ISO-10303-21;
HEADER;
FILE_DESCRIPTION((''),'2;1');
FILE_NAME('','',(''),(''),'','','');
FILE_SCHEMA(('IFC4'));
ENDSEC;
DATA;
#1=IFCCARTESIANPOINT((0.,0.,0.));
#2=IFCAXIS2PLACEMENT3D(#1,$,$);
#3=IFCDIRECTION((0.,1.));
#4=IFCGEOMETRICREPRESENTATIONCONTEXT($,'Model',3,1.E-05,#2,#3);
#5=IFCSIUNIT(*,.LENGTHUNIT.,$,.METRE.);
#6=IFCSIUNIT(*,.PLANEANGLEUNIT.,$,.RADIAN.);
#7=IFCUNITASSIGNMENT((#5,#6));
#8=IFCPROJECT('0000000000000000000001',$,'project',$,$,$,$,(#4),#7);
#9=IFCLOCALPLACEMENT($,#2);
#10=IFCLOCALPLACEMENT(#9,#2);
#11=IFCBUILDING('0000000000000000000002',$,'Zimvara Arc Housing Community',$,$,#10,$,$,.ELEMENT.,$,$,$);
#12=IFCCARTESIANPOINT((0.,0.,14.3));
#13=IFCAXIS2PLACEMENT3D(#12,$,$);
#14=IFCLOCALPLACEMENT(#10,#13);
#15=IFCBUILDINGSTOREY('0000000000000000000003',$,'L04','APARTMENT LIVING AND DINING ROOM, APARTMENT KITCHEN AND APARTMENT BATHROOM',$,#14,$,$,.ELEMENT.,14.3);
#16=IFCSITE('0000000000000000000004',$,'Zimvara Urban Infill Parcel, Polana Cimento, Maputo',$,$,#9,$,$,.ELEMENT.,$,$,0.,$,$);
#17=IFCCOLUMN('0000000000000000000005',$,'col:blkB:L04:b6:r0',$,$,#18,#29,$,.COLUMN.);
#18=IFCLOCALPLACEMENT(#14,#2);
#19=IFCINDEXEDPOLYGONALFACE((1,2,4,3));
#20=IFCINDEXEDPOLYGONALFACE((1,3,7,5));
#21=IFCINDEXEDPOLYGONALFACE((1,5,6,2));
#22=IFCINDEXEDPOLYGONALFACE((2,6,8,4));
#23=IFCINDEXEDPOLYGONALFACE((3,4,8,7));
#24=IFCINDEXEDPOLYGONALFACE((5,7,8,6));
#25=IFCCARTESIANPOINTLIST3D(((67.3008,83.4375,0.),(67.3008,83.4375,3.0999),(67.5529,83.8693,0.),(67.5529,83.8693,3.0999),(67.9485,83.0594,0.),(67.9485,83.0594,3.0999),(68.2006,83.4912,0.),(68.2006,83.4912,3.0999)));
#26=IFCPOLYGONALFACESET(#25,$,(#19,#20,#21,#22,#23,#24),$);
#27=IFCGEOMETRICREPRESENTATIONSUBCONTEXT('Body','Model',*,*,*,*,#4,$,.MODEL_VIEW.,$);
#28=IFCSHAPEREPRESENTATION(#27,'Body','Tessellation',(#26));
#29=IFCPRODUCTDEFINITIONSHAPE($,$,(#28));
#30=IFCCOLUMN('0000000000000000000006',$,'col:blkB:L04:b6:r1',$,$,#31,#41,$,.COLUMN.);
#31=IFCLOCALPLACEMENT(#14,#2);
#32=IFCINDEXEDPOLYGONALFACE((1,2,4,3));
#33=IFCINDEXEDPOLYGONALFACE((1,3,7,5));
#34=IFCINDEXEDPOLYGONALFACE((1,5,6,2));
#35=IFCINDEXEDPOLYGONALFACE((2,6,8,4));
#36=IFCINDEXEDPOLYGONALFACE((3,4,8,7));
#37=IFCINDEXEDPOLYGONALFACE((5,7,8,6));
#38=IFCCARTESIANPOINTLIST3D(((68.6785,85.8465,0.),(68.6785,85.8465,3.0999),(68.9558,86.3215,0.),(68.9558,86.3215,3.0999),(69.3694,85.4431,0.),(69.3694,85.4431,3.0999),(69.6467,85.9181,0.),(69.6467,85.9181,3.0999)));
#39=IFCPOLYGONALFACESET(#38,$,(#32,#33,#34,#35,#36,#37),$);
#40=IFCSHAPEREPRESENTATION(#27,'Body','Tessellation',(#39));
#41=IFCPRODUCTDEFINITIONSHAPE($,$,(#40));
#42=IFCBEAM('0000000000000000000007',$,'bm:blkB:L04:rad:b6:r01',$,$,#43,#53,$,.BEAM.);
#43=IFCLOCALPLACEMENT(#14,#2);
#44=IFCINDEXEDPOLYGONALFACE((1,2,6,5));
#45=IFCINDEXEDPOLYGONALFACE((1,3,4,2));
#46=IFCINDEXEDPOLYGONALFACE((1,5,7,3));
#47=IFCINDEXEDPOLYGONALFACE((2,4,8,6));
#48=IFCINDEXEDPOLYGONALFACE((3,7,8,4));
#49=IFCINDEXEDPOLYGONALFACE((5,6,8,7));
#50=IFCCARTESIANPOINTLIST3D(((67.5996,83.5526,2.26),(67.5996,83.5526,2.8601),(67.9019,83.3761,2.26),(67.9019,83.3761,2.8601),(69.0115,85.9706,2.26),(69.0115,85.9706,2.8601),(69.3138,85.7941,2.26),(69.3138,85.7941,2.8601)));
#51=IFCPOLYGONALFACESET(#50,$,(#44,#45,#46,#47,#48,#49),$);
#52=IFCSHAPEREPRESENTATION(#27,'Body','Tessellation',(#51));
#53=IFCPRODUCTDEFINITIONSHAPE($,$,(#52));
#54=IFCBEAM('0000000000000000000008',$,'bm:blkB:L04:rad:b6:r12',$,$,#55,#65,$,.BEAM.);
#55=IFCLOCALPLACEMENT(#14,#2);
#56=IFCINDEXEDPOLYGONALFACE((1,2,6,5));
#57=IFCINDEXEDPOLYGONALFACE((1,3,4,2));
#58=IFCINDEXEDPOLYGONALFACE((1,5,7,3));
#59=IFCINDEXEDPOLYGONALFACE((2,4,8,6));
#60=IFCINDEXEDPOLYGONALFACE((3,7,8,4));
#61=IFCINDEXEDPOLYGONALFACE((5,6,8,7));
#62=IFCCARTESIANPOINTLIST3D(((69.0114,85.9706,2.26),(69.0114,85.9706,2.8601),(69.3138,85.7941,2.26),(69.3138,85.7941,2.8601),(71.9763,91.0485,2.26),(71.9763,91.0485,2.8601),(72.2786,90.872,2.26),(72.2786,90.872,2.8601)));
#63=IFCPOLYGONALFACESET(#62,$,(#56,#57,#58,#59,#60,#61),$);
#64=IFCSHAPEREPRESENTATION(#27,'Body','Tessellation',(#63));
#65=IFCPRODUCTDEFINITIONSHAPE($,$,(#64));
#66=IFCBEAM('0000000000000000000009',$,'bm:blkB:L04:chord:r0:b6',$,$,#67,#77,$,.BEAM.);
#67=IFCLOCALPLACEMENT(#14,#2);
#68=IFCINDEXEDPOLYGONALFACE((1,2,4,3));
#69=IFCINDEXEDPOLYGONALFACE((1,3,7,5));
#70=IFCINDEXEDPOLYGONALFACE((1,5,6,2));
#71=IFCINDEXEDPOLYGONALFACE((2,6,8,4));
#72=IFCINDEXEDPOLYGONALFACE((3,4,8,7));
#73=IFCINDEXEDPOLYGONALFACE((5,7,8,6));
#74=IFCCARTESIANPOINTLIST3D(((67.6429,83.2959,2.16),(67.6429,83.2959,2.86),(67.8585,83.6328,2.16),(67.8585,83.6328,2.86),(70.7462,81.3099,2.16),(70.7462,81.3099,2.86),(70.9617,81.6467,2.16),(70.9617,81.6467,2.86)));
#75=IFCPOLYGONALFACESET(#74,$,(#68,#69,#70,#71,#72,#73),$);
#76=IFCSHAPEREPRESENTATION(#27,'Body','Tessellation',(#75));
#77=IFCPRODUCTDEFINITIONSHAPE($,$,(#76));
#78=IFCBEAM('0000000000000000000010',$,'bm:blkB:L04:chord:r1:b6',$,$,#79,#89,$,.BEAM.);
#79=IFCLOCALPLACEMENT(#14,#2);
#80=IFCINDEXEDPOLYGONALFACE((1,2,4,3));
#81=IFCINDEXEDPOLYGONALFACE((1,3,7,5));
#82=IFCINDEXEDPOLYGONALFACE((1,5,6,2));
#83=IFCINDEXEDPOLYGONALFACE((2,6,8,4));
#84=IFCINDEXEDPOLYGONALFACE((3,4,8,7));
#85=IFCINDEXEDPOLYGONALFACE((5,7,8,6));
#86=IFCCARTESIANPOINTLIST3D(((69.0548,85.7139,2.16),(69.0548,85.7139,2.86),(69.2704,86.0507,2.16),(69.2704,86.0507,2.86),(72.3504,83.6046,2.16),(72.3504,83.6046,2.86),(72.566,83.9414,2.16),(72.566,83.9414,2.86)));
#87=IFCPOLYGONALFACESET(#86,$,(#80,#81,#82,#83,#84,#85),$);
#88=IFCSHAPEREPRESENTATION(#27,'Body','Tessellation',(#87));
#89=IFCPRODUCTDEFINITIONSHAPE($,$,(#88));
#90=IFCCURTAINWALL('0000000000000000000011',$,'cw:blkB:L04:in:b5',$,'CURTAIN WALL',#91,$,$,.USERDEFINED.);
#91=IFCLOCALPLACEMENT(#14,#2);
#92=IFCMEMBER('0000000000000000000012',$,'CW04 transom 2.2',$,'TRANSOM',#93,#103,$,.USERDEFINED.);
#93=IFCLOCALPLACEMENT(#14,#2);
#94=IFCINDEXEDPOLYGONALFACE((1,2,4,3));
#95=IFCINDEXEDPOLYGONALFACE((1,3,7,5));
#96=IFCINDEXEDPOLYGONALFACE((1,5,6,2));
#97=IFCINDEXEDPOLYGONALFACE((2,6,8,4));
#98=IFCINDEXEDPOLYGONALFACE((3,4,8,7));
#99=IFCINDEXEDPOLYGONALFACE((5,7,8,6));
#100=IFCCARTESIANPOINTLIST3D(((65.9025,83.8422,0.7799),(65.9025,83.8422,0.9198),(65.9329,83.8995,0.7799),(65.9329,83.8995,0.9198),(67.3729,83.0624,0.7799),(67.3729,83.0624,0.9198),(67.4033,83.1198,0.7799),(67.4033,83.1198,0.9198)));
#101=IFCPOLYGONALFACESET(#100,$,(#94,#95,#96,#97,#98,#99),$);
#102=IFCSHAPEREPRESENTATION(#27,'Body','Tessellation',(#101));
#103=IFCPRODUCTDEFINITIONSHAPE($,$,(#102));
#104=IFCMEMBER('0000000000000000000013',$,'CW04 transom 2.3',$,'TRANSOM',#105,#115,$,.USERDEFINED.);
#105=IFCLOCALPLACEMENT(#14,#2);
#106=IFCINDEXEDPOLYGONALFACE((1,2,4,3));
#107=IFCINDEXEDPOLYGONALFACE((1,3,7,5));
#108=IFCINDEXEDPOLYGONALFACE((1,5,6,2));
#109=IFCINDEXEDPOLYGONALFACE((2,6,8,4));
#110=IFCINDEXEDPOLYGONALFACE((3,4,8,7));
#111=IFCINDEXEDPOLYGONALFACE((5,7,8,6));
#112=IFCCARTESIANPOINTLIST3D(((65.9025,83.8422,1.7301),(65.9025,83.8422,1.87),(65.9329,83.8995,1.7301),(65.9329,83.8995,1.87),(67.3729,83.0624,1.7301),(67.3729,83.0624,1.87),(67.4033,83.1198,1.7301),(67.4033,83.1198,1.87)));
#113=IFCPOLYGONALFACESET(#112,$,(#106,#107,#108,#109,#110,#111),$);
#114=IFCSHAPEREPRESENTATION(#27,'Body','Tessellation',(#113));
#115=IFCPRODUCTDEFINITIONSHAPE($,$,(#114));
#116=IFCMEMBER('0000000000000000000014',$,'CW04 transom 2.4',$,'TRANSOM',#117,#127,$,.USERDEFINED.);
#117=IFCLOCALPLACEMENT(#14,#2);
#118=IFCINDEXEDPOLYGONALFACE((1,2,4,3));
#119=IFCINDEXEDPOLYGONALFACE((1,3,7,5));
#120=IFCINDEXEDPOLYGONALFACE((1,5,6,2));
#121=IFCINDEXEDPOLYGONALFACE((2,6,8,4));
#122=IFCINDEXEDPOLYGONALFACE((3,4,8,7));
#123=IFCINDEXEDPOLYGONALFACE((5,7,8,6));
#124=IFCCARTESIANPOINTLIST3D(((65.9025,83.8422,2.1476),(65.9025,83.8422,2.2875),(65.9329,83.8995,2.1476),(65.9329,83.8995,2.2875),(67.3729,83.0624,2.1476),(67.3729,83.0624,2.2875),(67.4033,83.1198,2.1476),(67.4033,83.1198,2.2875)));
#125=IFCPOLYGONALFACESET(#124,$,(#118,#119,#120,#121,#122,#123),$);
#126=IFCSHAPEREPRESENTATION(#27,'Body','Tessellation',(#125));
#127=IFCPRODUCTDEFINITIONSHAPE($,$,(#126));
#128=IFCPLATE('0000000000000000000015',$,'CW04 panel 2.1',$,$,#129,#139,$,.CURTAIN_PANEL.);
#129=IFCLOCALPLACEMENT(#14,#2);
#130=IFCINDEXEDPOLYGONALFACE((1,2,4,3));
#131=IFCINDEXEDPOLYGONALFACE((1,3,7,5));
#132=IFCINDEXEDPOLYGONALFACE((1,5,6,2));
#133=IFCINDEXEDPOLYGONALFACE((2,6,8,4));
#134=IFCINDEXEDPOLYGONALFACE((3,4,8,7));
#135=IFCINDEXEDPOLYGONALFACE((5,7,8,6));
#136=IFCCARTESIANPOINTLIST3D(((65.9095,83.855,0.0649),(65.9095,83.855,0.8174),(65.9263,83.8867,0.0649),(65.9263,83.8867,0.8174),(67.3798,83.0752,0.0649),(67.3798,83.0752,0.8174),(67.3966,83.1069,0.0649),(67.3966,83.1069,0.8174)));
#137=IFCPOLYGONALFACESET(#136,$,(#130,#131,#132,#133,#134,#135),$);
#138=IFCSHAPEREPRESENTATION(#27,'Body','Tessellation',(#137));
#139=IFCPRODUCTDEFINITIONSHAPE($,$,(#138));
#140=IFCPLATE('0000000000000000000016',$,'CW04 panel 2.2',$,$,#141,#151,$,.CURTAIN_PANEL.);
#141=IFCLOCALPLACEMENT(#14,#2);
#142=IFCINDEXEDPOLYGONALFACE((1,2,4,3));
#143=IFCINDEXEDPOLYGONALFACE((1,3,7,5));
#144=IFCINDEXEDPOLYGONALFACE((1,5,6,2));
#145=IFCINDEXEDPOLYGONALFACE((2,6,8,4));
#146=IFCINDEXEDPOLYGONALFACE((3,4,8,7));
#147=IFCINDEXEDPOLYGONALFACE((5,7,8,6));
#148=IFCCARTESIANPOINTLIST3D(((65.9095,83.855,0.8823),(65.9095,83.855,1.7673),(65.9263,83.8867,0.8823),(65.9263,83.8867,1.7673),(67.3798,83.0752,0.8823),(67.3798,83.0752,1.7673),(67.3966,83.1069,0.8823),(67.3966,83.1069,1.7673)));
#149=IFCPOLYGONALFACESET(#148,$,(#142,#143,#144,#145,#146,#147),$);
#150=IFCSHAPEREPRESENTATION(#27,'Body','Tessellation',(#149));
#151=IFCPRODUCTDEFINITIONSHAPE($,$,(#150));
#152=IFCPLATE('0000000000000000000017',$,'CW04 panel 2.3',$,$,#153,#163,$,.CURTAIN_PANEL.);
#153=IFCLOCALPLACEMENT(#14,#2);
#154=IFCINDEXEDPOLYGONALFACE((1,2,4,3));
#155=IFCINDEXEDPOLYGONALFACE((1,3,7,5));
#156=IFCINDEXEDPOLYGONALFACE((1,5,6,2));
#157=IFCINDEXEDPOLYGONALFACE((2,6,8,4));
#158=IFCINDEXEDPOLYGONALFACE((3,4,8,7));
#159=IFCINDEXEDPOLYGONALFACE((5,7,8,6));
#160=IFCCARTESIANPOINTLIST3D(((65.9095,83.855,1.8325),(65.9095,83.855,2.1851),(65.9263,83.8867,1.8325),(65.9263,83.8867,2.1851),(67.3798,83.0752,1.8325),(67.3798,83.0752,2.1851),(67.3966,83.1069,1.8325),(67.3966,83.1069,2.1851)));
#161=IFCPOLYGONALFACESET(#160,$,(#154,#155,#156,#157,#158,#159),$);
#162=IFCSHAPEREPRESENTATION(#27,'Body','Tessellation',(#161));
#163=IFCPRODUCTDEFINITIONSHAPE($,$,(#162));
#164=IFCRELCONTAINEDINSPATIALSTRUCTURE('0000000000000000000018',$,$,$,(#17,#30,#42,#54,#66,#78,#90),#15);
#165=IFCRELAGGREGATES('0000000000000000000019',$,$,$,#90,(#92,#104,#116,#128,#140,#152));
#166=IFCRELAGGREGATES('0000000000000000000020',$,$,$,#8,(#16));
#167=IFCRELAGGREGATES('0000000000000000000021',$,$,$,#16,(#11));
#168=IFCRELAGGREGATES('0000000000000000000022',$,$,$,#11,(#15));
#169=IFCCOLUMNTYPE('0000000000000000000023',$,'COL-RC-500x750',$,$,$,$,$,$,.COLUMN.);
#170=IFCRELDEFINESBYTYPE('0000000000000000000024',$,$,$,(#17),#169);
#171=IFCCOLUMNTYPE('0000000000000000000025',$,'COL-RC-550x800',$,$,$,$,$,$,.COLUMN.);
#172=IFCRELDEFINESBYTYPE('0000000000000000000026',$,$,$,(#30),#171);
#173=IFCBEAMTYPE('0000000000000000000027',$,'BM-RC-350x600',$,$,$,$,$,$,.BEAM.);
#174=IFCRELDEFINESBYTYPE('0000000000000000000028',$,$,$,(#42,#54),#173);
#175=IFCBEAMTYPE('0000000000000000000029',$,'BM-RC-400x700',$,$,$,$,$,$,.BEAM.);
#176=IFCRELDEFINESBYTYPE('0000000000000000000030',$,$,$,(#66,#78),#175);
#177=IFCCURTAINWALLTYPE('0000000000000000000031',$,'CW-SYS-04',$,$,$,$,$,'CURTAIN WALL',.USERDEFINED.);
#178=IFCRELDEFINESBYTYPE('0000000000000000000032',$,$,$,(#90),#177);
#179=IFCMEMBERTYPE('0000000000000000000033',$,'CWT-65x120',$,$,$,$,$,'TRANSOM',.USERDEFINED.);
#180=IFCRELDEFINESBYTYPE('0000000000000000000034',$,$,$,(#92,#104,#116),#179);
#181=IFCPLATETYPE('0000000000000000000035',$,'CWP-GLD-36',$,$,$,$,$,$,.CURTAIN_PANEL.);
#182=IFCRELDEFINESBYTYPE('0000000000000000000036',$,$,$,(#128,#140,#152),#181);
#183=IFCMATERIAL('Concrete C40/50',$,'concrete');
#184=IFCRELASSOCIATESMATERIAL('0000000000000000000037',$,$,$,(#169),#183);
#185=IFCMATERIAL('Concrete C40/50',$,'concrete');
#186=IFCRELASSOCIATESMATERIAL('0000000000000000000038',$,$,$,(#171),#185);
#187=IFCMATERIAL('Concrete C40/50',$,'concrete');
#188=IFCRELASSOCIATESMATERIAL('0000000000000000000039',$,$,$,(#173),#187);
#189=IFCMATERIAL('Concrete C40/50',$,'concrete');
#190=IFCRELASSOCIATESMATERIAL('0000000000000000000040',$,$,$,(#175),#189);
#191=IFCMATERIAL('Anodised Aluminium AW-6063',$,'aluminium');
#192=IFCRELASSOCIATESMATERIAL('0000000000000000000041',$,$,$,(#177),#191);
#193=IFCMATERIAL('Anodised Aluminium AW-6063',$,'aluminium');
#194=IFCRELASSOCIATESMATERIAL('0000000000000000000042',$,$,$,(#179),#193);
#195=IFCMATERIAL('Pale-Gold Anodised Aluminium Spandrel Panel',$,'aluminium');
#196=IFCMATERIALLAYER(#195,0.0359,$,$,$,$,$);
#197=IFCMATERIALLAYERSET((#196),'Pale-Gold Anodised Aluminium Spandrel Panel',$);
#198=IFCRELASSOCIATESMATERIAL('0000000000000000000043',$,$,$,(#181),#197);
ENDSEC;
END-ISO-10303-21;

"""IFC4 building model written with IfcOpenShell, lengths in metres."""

from ifc_helpers import new_model, si_unit, direction, frame, origin, origin_2d, place, context, subcontext, project, spatial, rectangle, extrude, material, layer, layer_set, material_profile, profile_set, type_object, element, aggregate, save


model = new_model("IFC4")

# Units and contexts
model_context = context("Model", 3, precision=1e-05, world=origin(), true_north=direction((0.0, 1.0)))
body_context = subcontext(model_context, "Body", "Model", "MODEL_VIEW")
ifc_project = project(units=[si_unit("LENGTHUNIT", "METRE"), si_unit("PLANEANGLEUNIT", "RADIAN")], contexts=[model_context])

# Site, building, storey
site_placement = place(None, origin())
site = spatial("IfcSite", under=ifc_project, at=site_placement, Name="Zimvara Urban Infill Parcel, Polana Cimento, Maputo", CompositionType="ELEMENT", RefElevation=0.0)
building_placement = place(site_placement, origin())
building = spatial("IfcBuilding", under=site, at=building_placement, Name="Zimvara Arc Housing Community", CompositionType="ELEMENT")
storey_placement = place(building_placement, frame((0.0, 0.0, 14.3)))
storey = spatial("IfcBuildingStorey", under=building, at=storey_placement, Name="L04", Description="APARTMENT LIVING AND DINING ROOM, APARTMENT KITCHEN AND APARTMENT BATHROOM", CompositionType="ELEMENT", Elevation=14.3)

# Columns
ifc_material_1 = material(Name="Concrete C40/50", Category="concrete")
ifc_material_profile_1 = material_profile(ifc_material_1, rectangle(XDim=0.5, YDim=0.75, at=origin_2d()), Name="RC 500x750")
ifc_profile_set_1 = profile_set([ifc_material_profile_1], Name="Concrete C40/50")
column_type_1 = type_object("IfcColumnType", Name="COL-RC-500x750", PredefinedType="COLUMN", material=ifc_profile_set_1)
column_1_placement = place(storey_placement, frame((67.7507, 83.4644, 0.0), z_axis=(0.0, 0.0, 1.0), x_axis=(0.504226, 0.863572, 0.0)))
element("IfcColumn", 1, at=column_1_placement, inside=storey, type_object=column_type_1, Name="col:blkB:L04:b6:r0", PredefinedType="COLUMN", context=body_context, shape_type="SweptSolid", body=[
    extrude(rectangle(XDim=0.5, YDim=0.75, at=origin_2d()), origin(), (0.0, 0.0, 1.0), 3.0999),
])
ifc_material_2 = material(Name="Concrete C40/50", Category="concrete")
ifc_material_profile_2 = material_profile(ifc_material_2, rectangle(XDim=0.55, YDim=0.8, at=origin_2d()), Name="RC 550x800")
ifc_profile_set_2 = profile_set([ifc_material_profile_2], Name="Concrete C40/50")
column_type_2 = type_object("IfcColumnType", Name="COL-RC-550x800", PredefinedType="COLUMN", material=ifc_profile_set_2)
column_2_placement = place(storey_placement, frame((69.1626, 85.8823, 0.0), z_axis=(0.0, 0.0, 1.0), x_axis=(0.504226, 0.863572, 0.0)))
element("IfcColumn", 2, at=column_2_placement, inside=storey, type_object=column_type_2, Name="col:blkB:L04:b6:r1", PredefinedType="COLUMN", context=body_context, shape_type="SweptSolid", body=[
    extrude(rectangle(XDim=0.55, YDim=0.8, at=origin_2d()), origin(), (0.0, 0.0, 1.0), 3.0999),
])

# Beams
ifc_material_3 = material(Name="Concrete C40/50", Category="concrete")
ifc_material_profile_3 = material_profile(ifc_material_3, rectangle(XDim=0.3501, YDim=0.6001, at=origin_2d()), Name="RC 350x600")
ifc_profile_set_3 = profile_set([ifc_material_profile_3], Name="Concrete C40/50")
beam_type_1 = type_object("IfcBeamType", Name="BM-RC-350x600", PredefinedType="BEAM", material=ifc_profile_set_3)
beam_1_placement = place(storey_placement, frame((67.7507, 83.4644, 2.5601), z_axis=(0.50424, 0.863564, 0.0), x_axis=(-0.863564, 0.50424, 0.0)))
element("IfcBeam", 3, at=beam_1_placement, inside=storey, type_object=beam_type_1, Name="bm:blkB:L04:rad:b6:r01", PredefinedType="BEAM", context=body_context, shape_type="SweptSolid", body=[
    extrude(rectangle(XDim=0.3501, YDim=0.6001, at=origin_2d()), origin(), (0.0, 0.0, 1.0), 2.8),
])
beam_2_placement = place(storey_placement, frame((69.1626, 85.8823, 2.5601), z_axis=(0.504219, 0.863576, 0.0), x_axis=(-0.863576, 0.504219, 0.0)))
element("IfcBeam", 4, at=beam_2_placement, inside=storey, type_object=beam_type_1, Name="bm:blkB:L04:rad:b6:r12", PredefinedType="BEAM", context=body_context, shape_type="SweptSolid", body=[
    extrude(rectangle(XDim=0.3501, YDim=0.6001, at=origin_2d()), origin(), (0.0, 0.0, 1.0), 5.8801),
])
ifc_material_4 = material(Name="Concrete C40/50", Category="concrete")
ifc_material_profile_4 = material_profile(ifc_material_4, rectangle(XDim=0.3999, YDim=0.7, at=origin_2d()), Name="RC 400x700")
ifc_profile_set_4 = profile_set([ifc_material_profile_4], Name="Concrete C40/50")
beam_type_2 = type_object("IfcBeamType", Name="BM-RC-400x700", PredefinedType="BEAM", material=ifc_profile_set_4)
beam_3_placement = place(storey_placement, frame((67.7507, 83.4644, 2.51), z_axis=(0.842273, -0.539052, 0.0), x_axis=(0.539052, 0.842273, 0.0)))
element("IfcBeam", 5, at=beam_3_placement, inside=storey, type_object=beam_type_2, Name="bm:blkB:L04:chord:r0:b6", PredefinedType="BEAM", context=body_context, shape_type="SweptSolid", body=[
    extrude(rectangle(XDim=0.3999, YDim=0.7, at=origin_2d()), origin(), (0.0, 0.0, 1.0), 3.6843),
])
beam_4_placement = place(storey_placement, frame((69.1626, 85.8823, 2.51), z_axis=(0.842253, -0.539082, 0.0), x_axis=(0.539082, 0.842253, 0.0)))
element("IfcBeam", 6, at=beam_4_placement, inside=storey, type_object=beam_type_2, Name="bm:blkB:L04:chord:r1:b6", PredefinedType="BEAM", context=body_context, shape_type="SweptSolid", body=[
    extrude(rectangle(XDim=0.3999, YDim=0.7, at=origin_2d()), origin(), (0.0, 0.0, 1.0), 3.9128),
])

# Curtain wall, members, plates
ifc_material_5 = material(Name="Anodised Aluminium AW-6063", Category="aluminium")
curtain_wall_type = type_object("IfcCurtainWallType", Name="CW-SYS-04", ElementType="CURTAIN WALL", PredefinedType="USERDEFINED", material=ifc_material_5)
curtain_wall_placement = place(storey_placement, origin())
curtain_wall = element("IfcCurtainWall", 7, at=curtain_wall_placement, inside=storey, type_object=curtain_wall_type, Name="cw:blkB:L04:in:b5", ObjectType="CURTAIN WALL", PredefinedType="USERDEFINED")
ifc_material_6 = material(Name="Anodised Aluminium AW-6063", Category="aluminium")
ifc_material_profile_5 = material_profile(ifc_material_6, rectangle(XDim=0.0649, YDim=0.1399, at=origin_2d()), Name="ALU 65x140")
ifc_profile_set_5 = profile_set([ifc_material_profile_5], Name="Anodised Aluminium AW-6063")
member_type = type_object("IfcMemberType", Name="CWT-65x120", ElementType="TRANSOM", PredefinedType="USERDEFINED", material=ifc_profile_set_5)
member_1_placement = place(storey_placement, frame((65.9177, 83.8708, 0.8499), z_axis=(0.883463, -0.468501, 0.0), x_axis=(0.468501, 0.883463, 0.0)))
member_1 = element("IfcMember", 8, at=member_1_placement, type_object=member_type, Name="CW04 transom 2.2", ObjectType="TRANSOM", PredefinedType="USERDEFINED", context=body_context, shape_type="SweptSolid", body=[
    extrude(rectangle(XDim=0.0649, YDim=0.1399, at=origin_2d()), origin(), (0.0, 0.0, 1.0), 1.6643),
])
member_2_placement = place(storey_placement, frame((65.9177, 83.8708, 1.8), z_axis=(0.883463, -0.468501, 0.0), x_axis=(0.468501, 0.883463, 0.0)))
member_2 = element("IfcMember", 9, at=member_2_placement, type_object=member_type, Name="CW04 transom 2.3", ObjectType="TRANSOM", PredefinedType="USERDEFINED", context=body_context, shape_type="SweptSolid", body=[
    extrude(rectangle(XDim=0.0649, YDim=0.1399, at=origin_2d()), origin(), (0.0, 0.0, 1.0), 1.6643),
])
member_3_placement = place(storey_placement, frame((65.9177, 83.8708, 2.2175), z_axis=(0.883463, -0.468501, 0.0), x_axis=(0.468501, 0.883463, 0.0)))
member_3 = element("IfcMember", 10, at=member_3_placement, type_object=member_type, Name="CW04 transom 2.4", ObjectType="TRANSOM", PredefinedType="USERDEFINED", context=body_context, shape_type="SweptSolid", body=[
    extrude(rectangle(XDim=0.0649, YDim=0.1399, at=origin_2d()), origin(), (0.0, 0.0, 1.0), 1.6643),
])
ifc_material_7 = material(Name="Pale-Gold Anodised Aluminium Spandrel Panel", Category="aluminium")
ifc_layer_1 = layer(ifc_material_7, 0.0359)
ifc_layer_set_1 = layer_set([ifc_layer_1], Name="Pale-Gold Anodised Aluminium Spandrel Panel")
plate_type = type_object("IfcPlateType", Name="CWP-GLD-36", PredefinedType="CURTAIN_PANEL", material=ifc_layer_set_1)
plate_1_placement = place(storey_placement, frame((66.6531, 83.481, 0.0649), z_axis=(0.0, 0.0, 1.0), x_axis=(0.88344, -0.468545, 0.0)))
plate_1 = element("IfcPlate", 11, at=plate_1_placement, type_object=plate_type, Name="CW04 panel 2.1", PredefinedType="CURTAIN_PANEL", context=body_context, shape_type="SweptSolid", body=[
    extrude(rectangle(XDim=1.6643, YDim=0.0359, at=origin_2d()), origin(), (0.0, 0.0, 1.0), 0.7524),
])
plate_2_placement = place(storey_placement, frame((66.6531, 83.481, 0.8823), z_axis=(0.0, 0.0, 1.0), x_axis=(0.88344, -0.468545, 0.0)))
plate_2 = element("IfcPlate", 12, at=plate_2_placement, type_object=plate_type, Name="CW04 panel 2.2", PredefinedType="CURTAIN_PANEL", context=body_context, shape_type="SweptSolid", body=[
    extrude(rectangle(XDim=1.6643, YDim=0.0359, at=origin_2d()), origin(), (0.0, 0.0, 1.0), 0.885),
])
plate_3_placement = place(storey_placement, frame((66.6531, 83.481, 1.8325), z_axis=(0.0, 0.0, 1.0), x_axis=(0.88344, -0.468545, 0.0)))
plate_3 = element("IfcPlate", 13, at=plate_3_placement, type_object=plate_type, Name="CW04 panel 2.3", PredefinedType="CURTAIN_PANEL", context=body_context, shape_type="SweptSolid", body=[
    extrude(rectangle(XDim=1.6643, YDim=0.0359, at=origin_2d()), origin(), (0.0, 0.0, 1.0), 0.3525),
])
aggregate(curtain_wall, [member_1, member_2, member_3, plate_1, plate_2, plate_3])

save(model, "model.ifc")
